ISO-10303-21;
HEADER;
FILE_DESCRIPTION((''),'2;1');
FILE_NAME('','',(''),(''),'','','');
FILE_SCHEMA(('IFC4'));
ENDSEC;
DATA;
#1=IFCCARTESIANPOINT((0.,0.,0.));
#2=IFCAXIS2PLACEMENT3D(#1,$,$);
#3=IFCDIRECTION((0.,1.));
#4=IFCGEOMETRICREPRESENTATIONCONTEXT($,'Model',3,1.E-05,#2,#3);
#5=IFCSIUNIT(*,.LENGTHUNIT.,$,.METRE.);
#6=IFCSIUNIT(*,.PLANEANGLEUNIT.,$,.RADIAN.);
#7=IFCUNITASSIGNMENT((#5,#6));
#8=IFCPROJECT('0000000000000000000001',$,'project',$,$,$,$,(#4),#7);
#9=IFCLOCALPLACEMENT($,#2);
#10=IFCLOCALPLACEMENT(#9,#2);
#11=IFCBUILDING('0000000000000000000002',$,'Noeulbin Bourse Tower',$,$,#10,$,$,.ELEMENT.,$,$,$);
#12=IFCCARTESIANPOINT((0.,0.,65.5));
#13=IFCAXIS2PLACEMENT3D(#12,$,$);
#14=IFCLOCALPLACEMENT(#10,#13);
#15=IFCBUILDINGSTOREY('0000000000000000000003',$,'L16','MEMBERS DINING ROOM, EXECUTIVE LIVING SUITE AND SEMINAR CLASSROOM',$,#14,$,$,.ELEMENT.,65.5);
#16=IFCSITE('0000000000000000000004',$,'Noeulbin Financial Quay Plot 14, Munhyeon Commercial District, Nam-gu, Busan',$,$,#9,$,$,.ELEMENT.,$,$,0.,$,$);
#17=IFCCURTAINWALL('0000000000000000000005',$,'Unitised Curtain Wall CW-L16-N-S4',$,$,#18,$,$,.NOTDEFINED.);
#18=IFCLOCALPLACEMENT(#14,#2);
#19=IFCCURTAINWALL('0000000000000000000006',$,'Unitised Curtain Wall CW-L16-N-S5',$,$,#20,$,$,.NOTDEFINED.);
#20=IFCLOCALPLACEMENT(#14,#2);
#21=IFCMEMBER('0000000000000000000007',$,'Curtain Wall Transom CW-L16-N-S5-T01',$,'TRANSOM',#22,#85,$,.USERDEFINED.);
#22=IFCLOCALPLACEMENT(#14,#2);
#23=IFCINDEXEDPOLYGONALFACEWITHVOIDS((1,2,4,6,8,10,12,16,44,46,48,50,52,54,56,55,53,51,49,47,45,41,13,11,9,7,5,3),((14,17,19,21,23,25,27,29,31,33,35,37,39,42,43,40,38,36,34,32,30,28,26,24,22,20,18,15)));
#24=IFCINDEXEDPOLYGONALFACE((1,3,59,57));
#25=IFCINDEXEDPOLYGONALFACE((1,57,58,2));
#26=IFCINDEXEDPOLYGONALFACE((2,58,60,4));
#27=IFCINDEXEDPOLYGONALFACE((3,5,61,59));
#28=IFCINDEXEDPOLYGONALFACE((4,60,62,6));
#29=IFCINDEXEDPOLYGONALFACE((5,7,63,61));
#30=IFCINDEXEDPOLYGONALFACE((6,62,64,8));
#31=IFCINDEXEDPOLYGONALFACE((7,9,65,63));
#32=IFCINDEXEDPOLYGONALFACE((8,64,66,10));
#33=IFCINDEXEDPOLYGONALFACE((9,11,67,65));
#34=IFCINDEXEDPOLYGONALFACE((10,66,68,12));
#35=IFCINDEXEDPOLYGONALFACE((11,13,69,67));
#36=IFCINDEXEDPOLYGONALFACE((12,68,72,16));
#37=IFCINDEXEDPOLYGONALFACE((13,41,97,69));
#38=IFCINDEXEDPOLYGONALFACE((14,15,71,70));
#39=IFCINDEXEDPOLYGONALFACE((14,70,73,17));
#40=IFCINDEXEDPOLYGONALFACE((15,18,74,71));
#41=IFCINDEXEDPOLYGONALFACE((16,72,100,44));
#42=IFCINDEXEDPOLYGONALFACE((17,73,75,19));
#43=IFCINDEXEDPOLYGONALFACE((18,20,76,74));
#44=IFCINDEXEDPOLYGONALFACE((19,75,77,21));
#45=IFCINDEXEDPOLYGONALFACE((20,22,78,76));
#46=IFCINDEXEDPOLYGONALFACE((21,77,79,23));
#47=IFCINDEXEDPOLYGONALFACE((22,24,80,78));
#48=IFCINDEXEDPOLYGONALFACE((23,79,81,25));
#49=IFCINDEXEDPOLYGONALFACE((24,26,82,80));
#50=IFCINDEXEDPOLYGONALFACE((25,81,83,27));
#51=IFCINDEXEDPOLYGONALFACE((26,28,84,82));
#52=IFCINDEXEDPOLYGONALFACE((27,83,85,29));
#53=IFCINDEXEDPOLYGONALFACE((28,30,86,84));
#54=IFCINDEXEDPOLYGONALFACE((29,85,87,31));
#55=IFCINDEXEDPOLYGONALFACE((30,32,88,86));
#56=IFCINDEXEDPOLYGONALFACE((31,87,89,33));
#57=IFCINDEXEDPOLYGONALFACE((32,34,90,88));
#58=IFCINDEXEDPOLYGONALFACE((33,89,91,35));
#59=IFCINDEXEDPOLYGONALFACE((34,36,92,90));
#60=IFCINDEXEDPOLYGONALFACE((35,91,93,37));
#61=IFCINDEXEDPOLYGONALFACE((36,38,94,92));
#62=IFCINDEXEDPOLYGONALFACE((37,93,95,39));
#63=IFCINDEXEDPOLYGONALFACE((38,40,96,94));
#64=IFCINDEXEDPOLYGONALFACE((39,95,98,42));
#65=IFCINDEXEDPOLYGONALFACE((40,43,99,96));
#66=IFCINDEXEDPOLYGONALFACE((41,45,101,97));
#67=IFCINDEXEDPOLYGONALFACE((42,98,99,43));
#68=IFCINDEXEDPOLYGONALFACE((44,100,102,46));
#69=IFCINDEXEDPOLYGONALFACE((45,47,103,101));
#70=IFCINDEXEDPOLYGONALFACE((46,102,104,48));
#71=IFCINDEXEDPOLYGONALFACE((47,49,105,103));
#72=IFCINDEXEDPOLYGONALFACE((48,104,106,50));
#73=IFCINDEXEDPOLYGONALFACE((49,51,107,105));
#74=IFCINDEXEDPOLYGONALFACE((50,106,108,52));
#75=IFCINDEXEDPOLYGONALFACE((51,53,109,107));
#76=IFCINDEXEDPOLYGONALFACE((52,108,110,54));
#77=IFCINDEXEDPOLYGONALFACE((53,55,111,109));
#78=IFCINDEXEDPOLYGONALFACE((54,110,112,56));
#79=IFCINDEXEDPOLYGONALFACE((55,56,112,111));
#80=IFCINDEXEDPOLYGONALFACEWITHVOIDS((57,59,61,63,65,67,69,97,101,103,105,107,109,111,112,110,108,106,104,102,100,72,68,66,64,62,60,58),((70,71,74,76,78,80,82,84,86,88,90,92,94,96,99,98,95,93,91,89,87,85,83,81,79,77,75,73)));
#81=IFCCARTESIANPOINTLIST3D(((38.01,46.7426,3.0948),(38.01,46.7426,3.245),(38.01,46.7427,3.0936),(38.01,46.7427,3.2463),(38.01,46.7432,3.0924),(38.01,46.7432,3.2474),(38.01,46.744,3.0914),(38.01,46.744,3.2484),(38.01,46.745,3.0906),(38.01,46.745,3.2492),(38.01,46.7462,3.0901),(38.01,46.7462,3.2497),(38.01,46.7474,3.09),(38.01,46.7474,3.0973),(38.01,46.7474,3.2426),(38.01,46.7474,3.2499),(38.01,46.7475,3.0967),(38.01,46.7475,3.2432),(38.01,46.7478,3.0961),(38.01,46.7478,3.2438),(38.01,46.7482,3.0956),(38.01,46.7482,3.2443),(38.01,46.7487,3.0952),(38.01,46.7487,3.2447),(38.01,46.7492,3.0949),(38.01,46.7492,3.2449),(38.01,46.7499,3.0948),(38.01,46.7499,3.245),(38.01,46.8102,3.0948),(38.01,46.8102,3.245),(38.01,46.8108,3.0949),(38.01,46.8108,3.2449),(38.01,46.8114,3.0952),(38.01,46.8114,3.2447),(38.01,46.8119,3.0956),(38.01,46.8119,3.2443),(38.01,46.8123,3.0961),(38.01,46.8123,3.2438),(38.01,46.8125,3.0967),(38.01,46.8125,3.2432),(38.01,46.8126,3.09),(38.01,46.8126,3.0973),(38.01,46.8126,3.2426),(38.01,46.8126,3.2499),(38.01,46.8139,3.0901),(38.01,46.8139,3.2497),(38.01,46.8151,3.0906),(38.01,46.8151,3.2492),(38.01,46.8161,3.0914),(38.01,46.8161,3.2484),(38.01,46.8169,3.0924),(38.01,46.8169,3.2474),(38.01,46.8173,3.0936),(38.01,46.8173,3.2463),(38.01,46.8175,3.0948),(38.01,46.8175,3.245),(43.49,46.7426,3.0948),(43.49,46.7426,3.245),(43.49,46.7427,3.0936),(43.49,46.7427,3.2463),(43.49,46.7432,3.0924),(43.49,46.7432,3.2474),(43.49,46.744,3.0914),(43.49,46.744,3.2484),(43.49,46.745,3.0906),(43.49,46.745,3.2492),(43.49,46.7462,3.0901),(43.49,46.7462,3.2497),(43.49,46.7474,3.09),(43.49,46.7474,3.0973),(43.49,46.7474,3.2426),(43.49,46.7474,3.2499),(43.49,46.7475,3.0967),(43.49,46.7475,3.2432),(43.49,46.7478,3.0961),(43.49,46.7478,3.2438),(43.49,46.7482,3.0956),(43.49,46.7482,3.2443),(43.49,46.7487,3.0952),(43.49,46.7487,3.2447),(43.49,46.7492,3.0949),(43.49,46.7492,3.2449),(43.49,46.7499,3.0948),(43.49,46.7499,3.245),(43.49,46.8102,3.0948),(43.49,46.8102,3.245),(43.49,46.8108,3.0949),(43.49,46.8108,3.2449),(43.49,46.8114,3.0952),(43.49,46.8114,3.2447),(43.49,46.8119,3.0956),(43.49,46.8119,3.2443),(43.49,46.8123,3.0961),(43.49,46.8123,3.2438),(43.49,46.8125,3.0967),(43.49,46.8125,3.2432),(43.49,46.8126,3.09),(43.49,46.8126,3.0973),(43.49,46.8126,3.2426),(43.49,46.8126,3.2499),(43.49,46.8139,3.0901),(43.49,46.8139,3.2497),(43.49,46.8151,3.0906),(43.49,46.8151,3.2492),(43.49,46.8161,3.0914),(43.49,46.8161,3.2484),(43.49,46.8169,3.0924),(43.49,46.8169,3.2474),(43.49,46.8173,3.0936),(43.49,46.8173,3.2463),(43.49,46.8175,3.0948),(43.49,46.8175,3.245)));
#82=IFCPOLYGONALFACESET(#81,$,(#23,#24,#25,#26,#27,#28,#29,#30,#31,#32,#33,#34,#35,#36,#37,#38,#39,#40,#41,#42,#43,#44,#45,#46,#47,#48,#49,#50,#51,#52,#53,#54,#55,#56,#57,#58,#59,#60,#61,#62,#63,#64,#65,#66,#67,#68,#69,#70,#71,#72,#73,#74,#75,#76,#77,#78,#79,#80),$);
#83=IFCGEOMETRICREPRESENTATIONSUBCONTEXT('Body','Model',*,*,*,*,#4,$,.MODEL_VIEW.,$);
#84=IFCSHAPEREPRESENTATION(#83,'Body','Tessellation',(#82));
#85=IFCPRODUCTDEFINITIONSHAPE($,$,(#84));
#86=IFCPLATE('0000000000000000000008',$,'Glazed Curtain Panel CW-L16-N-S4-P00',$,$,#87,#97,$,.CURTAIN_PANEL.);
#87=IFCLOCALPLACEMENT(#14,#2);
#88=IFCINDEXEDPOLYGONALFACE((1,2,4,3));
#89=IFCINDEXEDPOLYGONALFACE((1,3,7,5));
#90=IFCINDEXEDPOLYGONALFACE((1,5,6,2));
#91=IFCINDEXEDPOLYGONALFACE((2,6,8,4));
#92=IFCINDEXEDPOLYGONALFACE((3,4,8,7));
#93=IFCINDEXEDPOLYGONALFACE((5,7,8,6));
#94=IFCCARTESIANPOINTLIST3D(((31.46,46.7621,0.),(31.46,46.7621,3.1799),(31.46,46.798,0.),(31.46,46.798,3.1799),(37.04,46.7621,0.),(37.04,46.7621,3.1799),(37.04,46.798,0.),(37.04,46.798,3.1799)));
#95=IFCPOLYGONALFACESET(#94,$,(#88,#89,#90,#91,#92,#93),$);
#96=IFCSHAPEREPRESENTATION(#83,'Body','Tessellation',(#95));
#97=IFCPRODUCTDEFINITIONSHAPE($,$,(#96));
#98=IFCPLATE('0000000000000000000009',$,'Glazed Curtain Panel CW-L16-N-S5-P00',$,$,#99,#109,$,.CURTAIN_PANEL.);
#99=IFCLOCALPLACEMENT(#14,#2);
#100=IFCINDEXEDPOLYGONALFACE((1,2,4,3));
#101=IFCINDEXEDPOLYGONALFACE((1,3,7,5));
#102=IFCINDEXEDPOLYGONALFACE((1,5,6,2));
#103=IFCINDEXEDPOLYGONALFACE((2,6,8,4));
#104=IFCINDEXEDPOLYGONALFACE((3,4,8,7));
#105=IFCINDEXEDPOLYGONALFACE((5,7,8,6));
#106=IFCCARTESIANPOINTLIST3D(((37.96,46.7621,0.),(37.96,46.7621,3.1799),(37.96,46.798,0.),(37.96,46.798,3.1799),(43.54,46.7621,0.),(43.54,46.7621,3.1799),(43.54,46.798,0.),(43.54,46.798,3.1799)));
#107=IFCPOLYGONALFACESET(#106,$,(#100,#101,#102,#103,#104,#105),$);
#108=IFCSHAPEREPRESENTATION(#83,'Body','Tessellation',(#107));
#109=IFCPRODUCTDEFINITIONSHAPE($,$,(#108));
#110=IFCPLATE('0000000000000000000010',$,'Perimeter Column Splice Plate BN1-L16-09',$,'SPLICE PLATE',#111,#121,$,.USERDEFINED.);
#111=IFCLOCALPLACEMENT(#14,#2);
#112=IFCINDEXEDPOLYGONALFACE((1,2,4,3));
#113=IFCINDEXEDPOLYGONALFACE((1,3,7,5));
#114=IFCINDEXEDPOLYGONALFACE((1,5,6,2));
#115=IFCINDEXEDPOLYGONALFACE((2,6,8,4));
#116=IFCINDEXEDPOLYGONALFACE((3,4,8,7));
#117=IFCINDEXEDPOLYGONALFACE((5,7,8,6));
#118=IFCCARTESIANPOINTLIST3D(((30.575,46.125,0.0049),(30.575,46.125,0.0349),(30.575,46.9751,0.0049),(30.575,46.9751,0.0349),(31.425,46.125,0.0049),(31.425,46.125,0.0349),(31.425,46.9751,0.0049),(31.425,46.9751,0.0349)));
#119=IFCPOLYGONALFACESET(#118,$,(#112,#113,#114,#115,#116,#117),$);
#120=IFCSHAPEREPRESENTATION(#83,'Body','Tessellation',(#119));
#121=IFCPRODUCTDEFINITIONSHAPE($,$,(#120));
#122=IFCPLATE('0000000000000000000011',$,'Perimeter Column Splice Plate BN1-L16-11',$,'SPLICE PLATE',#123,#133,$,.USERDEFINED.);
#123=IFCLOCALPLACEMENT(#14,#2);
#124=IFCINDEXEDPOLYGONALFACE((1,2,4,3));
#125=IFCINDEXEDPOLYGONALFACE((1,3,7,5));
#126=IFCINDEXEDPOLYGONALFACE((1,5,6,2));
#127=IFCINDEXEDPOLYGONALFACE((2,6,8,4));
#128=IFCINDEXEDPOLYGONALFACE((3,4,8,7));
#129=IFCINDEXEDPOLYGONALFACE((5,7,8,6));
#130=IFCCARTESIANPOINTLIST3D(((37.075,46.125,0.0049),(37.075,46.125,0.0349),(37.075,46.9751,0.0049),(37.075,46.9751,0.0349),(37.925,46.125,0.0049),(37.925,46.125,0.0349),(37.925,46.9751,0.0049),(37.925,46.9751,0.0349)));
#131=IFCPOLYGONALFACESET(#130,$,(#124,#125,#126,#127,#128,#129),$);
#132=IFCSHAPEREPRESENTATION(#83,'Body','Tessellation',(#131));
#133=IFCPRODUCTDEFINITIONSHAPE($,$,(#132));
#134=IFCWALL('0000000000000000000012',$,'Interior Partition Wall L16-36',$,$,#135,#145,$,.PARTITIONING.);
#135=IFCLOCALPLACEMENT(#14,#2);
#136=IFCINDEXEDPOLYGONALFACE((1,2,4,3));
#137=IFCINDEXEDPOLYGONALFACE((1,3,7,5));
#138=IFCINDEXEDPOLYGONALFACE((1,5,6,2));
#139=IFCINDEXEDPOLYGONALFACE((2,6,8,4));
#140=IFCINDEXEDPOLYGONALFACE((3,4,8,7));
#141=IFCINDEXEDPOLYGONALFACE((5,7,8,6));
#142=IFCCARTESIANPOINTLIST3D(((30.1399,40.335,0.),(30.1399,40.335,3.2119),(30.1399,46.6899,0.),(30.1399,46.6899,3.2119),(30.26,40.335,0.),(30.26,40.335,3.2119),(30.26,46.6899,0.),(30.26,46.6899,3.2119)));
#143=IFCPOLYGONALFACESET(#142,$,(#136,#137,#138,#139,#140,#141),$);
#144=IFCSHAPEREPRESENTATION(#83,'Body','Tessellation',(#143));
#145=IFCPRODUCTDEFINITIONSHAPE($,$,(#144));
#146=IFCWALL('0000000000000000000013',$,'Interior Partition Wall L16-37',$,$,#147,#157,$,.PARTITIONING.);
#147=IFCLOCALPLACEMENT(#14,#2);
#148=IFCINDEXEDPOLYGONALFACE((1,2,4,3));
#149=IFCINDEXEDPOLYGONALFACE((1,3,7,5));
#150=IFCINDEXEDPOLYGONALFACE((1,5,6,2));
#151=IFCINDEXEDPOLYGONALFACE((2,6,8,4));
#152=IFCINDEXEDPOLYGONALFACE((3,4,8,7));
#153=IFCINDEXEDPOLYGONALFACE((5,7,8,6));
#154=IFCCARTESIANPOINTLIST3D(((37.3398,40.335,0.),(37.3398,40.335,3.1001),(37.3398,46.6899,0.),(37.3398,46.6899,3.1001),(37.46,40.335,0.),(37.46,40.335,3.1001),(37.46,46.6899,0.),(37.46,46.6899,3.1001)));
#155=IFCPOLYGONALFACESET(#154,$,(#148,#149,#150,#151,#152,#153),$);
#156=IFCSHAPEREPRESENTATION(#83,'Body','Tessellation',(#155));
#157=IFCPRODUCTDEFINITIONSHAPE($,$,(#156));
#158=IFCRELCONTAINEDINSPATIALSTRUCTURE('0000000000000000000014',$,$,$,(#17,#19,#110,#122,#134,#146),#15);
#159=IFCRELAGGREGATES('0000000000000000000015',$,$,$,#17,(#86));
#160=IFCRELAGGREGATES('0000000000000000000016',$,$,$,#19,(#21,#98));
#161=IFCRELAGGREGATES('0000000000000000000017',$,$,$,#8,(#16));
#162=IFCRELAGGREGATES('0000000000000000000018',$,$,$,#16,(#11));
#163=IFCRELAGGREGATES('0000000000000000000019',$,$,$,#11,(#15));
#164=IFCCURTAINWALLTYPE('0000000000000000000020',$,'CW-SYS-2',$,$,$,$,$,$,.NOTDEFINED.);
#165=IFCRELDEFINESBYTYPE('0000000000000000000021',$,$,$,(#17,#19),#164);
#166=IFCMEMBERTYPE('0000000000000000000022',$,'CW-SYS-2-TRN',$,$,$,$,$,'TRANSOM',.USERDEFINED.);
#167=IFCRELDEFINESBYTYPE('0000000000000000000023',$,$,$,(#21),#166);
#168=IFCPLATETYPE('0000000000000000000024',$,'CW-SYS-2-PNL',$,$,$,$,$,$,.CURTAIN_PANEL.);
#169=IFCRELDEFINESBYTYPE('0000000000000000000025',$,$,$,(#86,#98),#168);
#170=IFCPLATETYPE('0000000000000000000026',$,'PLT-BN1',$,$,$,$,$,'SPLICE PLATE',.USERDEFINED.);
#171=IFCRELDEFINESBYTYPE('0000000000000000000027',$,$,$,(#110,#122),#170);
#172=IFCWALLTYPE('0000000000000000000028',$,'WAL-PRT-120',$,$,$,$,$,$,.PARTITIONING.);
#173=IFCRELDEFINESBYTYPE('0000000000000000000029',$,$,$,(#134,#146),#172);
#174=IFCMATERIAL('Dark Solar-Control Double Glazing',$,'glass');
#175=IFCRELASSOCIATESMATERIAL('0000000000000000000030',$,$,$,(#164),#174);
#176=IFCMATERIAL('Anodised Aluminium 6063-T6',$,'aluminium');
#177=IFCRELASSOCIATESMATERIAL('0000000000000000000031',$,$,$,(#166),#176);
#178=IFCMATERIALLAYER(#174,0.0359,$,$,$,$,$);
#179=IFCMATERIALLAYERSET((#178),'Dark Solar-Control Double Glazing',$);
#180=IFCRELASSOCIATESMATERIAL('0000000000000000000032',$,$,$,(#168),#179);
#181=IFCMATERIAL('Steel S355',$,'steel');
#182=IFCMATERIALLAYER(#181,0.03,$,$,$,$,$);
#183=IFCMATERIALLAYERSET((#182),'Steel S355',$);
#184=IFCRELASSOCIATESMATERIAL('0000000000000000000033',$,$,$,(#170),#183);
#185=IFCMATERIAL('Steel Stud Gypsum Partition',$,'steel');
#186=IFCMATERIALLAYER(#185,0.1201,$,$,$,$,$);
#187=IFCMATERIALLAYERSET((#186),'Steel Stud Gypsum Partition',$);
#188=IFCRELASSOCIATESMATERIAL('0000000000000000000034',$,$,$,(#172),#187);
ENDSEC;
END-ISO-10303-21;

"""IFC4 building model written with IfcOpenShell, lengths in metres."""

from ifc_helpers import new_model, si_unit, direction, frame, frame_2d, origin, origin_2d, place, context, subcontext, project, spatial, rectangle, hollow_rectangle, extrude, material, layer, layer_set, material_profile, profile_set, type_object, element, aggregate, save


model = new_model("IFC4")

# Units and contexts
model_context = context("Model", 3, precision=1e-05, world=origin(), true_north=direction((0.0, 1.0)))
body_context = subcontext(model_context, "Body", "Model", "MODEL_VIEW")
ifc_project = project(units=[si_unit("LENGTHUNIT", "METRE"), si_unit("PLANEANGLEUNIT", "RADIAN")], contexts=[model_context])

# Site, building, storey
site_placement = place(None, origin())
site = spatial("IfcSite", under=ifc_project, at=site_placement, Name="Noeulbin Financial Quay Plot 14, Munhyeon Commercial District, Nam-gu, Busan", CompositionType="ELEMENT", RefElevation=0.0)
building_placement = place(site_placement, origin())
building = spatial("IfcBuilding", under=site, at=building_placement, Name="Noeulbin Bourse Tower", CompositionType="ELEMENT")
storey_placement = place(building_placement, frame((0.0, 0.0, 65.5)))
storey = spatial("IfcBuildingStorey", under=building, at=storey_placement, Name="L16", Description="MEMBERS DINING ROOM, EXECUTIVE LIVING SUITE AND SEMINAR CLASSROOM", CompositionType="ELEMENT", Elevation=65.5)

# Shared definitions
ifc_material_1 = material(Name="Steel S355", Category="steel")

# Shared definitions
ifc_material_2 = material(Name="Dark Solar-Control Double Glazing", Category="glass")
curtain_wall_type = type_object("IfcCurtainWallType", Name="CW-SYS-2", PredefinedType="NOTDEFINED", material=ifc_material_2)
ifc_material_3 = material(Name="Anodised Aluminium 6063-T6", Category="aluminium")

# Curtain wall
curtain_wall_1_placement = place(storey_placement, origin())
curtain_wall_1 = element("IfcCurtainWall", 1, at=curtain_wall_1_placement, inside=storey, type_object=curtain_wall_type, Name="Unitised Curtain Wall CW-L16-N-S4", PredefinedType="NOTDEFINED")

# Curtain wall
curtain_wall_2_placement = place(storey_placement, origin())
curtain_wall_2 = element("IfcCurtainWall", 2, at=curtain_wall_2_placement, inside=storey, type_object=curtain_wall_type, Name="Unitised Curtain Wall CW-L16-N-S5", PredefinedType="NOTDEFINED")

# Member
ifc_material_profile_1 = material_profile(ifc_material_3, hollow_rectangle(XDim=0.075, YDim=0.1599, WallThickness=0.0049, InnerFilletRadius=0.0024, OuterFilletRadius=0.0049, at=origin_2d()), Name="ALU-TRAN-75x160x5", Category="LoadBearing")
ifc_profile_set_1 = profile_set([ifc_material_profile_1], Name="Anodised Aluminium 6063-T6")
member_type_1 = type_object("IfcMemberType", Name="CW-SYS-2-TRN", ElementType="TRANSOM", PredefinedType="USERDEFINED", material=ifc_profile_set_1)
member_1_placement = place(storey_placement, frame((38.01, 46.78, 3.1699), z_axis=(1.0, 0.0, 0.0), x_axis=(0.0, 1.0, 0.0)))
member_1 = element("IfcMember", 3, at=member_1_placement, type_object=member_type_1, Name="Curtain Wall Transom CW-L16-N-S5-T01", ObjectType="TRANSOM", PredefinedType="USERDEFINED", context=body_context, shape_type="SweptSolid", body=[
    extrude(hollow_rectangle(XDim=0.075, YDim=0.1599, WallThickness=0.0049, InnerFilletRadius=0.0024, OuterFilletRadius=0.0049, at=origin_2d()), origin(), (0.0, 0.0, 1.0), 5.48),
])

# Plates
ifc_layer_1 = layer(ifc_material_2, 0.0359)
ifc_layer_set_1 = layer_set([ifc_layer_1], Name="Dark Solar-Control Double Glazing")
plate_type_1 = type_object("IfcPlateType", Name="CW-SYS-2-PNL", PredefinedType="CURTAIN_PANEL", material=ifc_layer_set_1)
plate_1_placement = place(storey_placement, frame((34.25, 46.78, 0.0), z_axis=(0.0, 0.0, 1.0), x_axis=(1.0, 0.0, 0.0)))
plate_1 = element("IfcPlate", 4, at=plate_1_placement, type_object=plate_type_1, Name="Glazed Curtain Panel CW-L16-N-S4-P00", PredefinedType="CURTAIN_PANEL", context=body_context, shape_type="SweptSolid", body=[
    extrude(rectangle(XDim=5.5801, YDim=0.0359, at=origin_2d()), origin(), (0.0, 0.0, 1.0), 3.1799),
])
aggregate(curtain_wall_1, [plate_1])
plate_2_placement = place(storey_placement, frame((40.75, 46.78, 0.0), z_axis=(0.0, 0.0, 1.0), x_axis=(1.0, 0.0, 0.0)))
plate_2 = element("IfcPlate", 5, at=plate_2_placement, type_object=plate_type_1, Name="Glazed Curtain Panel CW-L16-N-S5-P00", PredefinedType="CURTAIN_PANEL", context=body_context, shape_type="SweptSolid", body=[
    extrude(rectangle(XDim=5.5801, YDim=0.0359, at=origin_2d()), origin(), (0.0, 0.0, 1.0), 3.1799),
])
aggregate(curtain_wall_2, [member_1, plate_2])

# Plates
ifc_layer_2 = layer(ifc_material_1, 0.03)
ifc_layer_set_2 = layer_set([ifc_layer_2], Name="Steel S355")
plate_type_2 = type_object("IfcPlateType", Name="PLT-BN1", ElementType="SPLICE PLATE", PredefinedType="USERDEFINED", material=ifc_layer_set_2)
for number, where, z_axis, x_axis, name in (
    (6, (31.0, 46.55, 0.0049), (0.0, 0.0, 1.0), (1.0, 0.0, 0.0), "Perimeter Column Splice Plate BN1-L16-09"),
    (7, (37.5, 46.55, 0.0049), (0.0, 0.0, 1.0), (1.0, 0.0, 0.0), "Perimeter Column Splice Plate BN1-L16-11"),
):
    element("IfcPlate", number, at=place(storey_placement, frame(where, z_axis=z_axis, x_axis=x_axis)), inside=storey, type_object=plate_type_2, Name=name, ObjectType="SPLICE PLATE", PredefinedType="USERDEFINED", context=body_context, shape_type="SweptSolid", body=[
        extrude(rectangle(XDim=0.8501, YDim=0.8501, at=origin_2d()), origin(), (0.0, 0.0, 1.0), 0.03),
    ])

# Walls
ifc_material_4 = material(Name="Steel Stud Gypsum Partition", Category="steel")
ifc_layer_3 = layer(ifc_material_4, 0.1201)
ifc_layer_set_3 = layer_set([ifc_layer_3], Name="Steel Stud Gypsum Partition")
wall_type = type_object("IfcWallType", Name="WAL-PRT-120", PredefinedType="PARTITIONING", material=ifc_layer_set_3)
wall_1_placement = place(storey_placement, frame((30.2, 40.335, 0.0), z_axis=(0.0, 0.0, 1.0), x_axis=(0.0, 1.0, 0.0)))
element("IfcWall", 8, at=wall_1_placement, inside=storey, type_object=wall_type, Name="Interior Partition Wall L16-36", PredefinedType="PARTITIONING", context=body_context, shape_type="SweptSolid", body=[
    extrude(rectangle(XDim=6.355, YDim=0.1201, at=frame_2d((3.1775, 0.0))), origin(), (0.0, 0.0, 1.0), 3.2119),
])
wall_2_placement = place(storey_placement, frame((37.3999, 40.335, 0.0), z_axis=(0.0, 0.0, 1.0), x_axis=(0.0, 1.0, 0.0)))
element("IfcWall", 9, at=wall_2_placement, inside=storey, type_object=wall_type, Name="Interior Partition Wall L16-37", PredefinedType="PARTITIONING", context=body_context, shape_type="SweptSolid", body=[
    extrude(rectangle(XDim=6.355, YDim=0.1201, at=frame_2d((3.1775, 0.0))), origin(), (0.0, 0.0, 1.0), 3.1001),
])

save(model, "model.ifc")
